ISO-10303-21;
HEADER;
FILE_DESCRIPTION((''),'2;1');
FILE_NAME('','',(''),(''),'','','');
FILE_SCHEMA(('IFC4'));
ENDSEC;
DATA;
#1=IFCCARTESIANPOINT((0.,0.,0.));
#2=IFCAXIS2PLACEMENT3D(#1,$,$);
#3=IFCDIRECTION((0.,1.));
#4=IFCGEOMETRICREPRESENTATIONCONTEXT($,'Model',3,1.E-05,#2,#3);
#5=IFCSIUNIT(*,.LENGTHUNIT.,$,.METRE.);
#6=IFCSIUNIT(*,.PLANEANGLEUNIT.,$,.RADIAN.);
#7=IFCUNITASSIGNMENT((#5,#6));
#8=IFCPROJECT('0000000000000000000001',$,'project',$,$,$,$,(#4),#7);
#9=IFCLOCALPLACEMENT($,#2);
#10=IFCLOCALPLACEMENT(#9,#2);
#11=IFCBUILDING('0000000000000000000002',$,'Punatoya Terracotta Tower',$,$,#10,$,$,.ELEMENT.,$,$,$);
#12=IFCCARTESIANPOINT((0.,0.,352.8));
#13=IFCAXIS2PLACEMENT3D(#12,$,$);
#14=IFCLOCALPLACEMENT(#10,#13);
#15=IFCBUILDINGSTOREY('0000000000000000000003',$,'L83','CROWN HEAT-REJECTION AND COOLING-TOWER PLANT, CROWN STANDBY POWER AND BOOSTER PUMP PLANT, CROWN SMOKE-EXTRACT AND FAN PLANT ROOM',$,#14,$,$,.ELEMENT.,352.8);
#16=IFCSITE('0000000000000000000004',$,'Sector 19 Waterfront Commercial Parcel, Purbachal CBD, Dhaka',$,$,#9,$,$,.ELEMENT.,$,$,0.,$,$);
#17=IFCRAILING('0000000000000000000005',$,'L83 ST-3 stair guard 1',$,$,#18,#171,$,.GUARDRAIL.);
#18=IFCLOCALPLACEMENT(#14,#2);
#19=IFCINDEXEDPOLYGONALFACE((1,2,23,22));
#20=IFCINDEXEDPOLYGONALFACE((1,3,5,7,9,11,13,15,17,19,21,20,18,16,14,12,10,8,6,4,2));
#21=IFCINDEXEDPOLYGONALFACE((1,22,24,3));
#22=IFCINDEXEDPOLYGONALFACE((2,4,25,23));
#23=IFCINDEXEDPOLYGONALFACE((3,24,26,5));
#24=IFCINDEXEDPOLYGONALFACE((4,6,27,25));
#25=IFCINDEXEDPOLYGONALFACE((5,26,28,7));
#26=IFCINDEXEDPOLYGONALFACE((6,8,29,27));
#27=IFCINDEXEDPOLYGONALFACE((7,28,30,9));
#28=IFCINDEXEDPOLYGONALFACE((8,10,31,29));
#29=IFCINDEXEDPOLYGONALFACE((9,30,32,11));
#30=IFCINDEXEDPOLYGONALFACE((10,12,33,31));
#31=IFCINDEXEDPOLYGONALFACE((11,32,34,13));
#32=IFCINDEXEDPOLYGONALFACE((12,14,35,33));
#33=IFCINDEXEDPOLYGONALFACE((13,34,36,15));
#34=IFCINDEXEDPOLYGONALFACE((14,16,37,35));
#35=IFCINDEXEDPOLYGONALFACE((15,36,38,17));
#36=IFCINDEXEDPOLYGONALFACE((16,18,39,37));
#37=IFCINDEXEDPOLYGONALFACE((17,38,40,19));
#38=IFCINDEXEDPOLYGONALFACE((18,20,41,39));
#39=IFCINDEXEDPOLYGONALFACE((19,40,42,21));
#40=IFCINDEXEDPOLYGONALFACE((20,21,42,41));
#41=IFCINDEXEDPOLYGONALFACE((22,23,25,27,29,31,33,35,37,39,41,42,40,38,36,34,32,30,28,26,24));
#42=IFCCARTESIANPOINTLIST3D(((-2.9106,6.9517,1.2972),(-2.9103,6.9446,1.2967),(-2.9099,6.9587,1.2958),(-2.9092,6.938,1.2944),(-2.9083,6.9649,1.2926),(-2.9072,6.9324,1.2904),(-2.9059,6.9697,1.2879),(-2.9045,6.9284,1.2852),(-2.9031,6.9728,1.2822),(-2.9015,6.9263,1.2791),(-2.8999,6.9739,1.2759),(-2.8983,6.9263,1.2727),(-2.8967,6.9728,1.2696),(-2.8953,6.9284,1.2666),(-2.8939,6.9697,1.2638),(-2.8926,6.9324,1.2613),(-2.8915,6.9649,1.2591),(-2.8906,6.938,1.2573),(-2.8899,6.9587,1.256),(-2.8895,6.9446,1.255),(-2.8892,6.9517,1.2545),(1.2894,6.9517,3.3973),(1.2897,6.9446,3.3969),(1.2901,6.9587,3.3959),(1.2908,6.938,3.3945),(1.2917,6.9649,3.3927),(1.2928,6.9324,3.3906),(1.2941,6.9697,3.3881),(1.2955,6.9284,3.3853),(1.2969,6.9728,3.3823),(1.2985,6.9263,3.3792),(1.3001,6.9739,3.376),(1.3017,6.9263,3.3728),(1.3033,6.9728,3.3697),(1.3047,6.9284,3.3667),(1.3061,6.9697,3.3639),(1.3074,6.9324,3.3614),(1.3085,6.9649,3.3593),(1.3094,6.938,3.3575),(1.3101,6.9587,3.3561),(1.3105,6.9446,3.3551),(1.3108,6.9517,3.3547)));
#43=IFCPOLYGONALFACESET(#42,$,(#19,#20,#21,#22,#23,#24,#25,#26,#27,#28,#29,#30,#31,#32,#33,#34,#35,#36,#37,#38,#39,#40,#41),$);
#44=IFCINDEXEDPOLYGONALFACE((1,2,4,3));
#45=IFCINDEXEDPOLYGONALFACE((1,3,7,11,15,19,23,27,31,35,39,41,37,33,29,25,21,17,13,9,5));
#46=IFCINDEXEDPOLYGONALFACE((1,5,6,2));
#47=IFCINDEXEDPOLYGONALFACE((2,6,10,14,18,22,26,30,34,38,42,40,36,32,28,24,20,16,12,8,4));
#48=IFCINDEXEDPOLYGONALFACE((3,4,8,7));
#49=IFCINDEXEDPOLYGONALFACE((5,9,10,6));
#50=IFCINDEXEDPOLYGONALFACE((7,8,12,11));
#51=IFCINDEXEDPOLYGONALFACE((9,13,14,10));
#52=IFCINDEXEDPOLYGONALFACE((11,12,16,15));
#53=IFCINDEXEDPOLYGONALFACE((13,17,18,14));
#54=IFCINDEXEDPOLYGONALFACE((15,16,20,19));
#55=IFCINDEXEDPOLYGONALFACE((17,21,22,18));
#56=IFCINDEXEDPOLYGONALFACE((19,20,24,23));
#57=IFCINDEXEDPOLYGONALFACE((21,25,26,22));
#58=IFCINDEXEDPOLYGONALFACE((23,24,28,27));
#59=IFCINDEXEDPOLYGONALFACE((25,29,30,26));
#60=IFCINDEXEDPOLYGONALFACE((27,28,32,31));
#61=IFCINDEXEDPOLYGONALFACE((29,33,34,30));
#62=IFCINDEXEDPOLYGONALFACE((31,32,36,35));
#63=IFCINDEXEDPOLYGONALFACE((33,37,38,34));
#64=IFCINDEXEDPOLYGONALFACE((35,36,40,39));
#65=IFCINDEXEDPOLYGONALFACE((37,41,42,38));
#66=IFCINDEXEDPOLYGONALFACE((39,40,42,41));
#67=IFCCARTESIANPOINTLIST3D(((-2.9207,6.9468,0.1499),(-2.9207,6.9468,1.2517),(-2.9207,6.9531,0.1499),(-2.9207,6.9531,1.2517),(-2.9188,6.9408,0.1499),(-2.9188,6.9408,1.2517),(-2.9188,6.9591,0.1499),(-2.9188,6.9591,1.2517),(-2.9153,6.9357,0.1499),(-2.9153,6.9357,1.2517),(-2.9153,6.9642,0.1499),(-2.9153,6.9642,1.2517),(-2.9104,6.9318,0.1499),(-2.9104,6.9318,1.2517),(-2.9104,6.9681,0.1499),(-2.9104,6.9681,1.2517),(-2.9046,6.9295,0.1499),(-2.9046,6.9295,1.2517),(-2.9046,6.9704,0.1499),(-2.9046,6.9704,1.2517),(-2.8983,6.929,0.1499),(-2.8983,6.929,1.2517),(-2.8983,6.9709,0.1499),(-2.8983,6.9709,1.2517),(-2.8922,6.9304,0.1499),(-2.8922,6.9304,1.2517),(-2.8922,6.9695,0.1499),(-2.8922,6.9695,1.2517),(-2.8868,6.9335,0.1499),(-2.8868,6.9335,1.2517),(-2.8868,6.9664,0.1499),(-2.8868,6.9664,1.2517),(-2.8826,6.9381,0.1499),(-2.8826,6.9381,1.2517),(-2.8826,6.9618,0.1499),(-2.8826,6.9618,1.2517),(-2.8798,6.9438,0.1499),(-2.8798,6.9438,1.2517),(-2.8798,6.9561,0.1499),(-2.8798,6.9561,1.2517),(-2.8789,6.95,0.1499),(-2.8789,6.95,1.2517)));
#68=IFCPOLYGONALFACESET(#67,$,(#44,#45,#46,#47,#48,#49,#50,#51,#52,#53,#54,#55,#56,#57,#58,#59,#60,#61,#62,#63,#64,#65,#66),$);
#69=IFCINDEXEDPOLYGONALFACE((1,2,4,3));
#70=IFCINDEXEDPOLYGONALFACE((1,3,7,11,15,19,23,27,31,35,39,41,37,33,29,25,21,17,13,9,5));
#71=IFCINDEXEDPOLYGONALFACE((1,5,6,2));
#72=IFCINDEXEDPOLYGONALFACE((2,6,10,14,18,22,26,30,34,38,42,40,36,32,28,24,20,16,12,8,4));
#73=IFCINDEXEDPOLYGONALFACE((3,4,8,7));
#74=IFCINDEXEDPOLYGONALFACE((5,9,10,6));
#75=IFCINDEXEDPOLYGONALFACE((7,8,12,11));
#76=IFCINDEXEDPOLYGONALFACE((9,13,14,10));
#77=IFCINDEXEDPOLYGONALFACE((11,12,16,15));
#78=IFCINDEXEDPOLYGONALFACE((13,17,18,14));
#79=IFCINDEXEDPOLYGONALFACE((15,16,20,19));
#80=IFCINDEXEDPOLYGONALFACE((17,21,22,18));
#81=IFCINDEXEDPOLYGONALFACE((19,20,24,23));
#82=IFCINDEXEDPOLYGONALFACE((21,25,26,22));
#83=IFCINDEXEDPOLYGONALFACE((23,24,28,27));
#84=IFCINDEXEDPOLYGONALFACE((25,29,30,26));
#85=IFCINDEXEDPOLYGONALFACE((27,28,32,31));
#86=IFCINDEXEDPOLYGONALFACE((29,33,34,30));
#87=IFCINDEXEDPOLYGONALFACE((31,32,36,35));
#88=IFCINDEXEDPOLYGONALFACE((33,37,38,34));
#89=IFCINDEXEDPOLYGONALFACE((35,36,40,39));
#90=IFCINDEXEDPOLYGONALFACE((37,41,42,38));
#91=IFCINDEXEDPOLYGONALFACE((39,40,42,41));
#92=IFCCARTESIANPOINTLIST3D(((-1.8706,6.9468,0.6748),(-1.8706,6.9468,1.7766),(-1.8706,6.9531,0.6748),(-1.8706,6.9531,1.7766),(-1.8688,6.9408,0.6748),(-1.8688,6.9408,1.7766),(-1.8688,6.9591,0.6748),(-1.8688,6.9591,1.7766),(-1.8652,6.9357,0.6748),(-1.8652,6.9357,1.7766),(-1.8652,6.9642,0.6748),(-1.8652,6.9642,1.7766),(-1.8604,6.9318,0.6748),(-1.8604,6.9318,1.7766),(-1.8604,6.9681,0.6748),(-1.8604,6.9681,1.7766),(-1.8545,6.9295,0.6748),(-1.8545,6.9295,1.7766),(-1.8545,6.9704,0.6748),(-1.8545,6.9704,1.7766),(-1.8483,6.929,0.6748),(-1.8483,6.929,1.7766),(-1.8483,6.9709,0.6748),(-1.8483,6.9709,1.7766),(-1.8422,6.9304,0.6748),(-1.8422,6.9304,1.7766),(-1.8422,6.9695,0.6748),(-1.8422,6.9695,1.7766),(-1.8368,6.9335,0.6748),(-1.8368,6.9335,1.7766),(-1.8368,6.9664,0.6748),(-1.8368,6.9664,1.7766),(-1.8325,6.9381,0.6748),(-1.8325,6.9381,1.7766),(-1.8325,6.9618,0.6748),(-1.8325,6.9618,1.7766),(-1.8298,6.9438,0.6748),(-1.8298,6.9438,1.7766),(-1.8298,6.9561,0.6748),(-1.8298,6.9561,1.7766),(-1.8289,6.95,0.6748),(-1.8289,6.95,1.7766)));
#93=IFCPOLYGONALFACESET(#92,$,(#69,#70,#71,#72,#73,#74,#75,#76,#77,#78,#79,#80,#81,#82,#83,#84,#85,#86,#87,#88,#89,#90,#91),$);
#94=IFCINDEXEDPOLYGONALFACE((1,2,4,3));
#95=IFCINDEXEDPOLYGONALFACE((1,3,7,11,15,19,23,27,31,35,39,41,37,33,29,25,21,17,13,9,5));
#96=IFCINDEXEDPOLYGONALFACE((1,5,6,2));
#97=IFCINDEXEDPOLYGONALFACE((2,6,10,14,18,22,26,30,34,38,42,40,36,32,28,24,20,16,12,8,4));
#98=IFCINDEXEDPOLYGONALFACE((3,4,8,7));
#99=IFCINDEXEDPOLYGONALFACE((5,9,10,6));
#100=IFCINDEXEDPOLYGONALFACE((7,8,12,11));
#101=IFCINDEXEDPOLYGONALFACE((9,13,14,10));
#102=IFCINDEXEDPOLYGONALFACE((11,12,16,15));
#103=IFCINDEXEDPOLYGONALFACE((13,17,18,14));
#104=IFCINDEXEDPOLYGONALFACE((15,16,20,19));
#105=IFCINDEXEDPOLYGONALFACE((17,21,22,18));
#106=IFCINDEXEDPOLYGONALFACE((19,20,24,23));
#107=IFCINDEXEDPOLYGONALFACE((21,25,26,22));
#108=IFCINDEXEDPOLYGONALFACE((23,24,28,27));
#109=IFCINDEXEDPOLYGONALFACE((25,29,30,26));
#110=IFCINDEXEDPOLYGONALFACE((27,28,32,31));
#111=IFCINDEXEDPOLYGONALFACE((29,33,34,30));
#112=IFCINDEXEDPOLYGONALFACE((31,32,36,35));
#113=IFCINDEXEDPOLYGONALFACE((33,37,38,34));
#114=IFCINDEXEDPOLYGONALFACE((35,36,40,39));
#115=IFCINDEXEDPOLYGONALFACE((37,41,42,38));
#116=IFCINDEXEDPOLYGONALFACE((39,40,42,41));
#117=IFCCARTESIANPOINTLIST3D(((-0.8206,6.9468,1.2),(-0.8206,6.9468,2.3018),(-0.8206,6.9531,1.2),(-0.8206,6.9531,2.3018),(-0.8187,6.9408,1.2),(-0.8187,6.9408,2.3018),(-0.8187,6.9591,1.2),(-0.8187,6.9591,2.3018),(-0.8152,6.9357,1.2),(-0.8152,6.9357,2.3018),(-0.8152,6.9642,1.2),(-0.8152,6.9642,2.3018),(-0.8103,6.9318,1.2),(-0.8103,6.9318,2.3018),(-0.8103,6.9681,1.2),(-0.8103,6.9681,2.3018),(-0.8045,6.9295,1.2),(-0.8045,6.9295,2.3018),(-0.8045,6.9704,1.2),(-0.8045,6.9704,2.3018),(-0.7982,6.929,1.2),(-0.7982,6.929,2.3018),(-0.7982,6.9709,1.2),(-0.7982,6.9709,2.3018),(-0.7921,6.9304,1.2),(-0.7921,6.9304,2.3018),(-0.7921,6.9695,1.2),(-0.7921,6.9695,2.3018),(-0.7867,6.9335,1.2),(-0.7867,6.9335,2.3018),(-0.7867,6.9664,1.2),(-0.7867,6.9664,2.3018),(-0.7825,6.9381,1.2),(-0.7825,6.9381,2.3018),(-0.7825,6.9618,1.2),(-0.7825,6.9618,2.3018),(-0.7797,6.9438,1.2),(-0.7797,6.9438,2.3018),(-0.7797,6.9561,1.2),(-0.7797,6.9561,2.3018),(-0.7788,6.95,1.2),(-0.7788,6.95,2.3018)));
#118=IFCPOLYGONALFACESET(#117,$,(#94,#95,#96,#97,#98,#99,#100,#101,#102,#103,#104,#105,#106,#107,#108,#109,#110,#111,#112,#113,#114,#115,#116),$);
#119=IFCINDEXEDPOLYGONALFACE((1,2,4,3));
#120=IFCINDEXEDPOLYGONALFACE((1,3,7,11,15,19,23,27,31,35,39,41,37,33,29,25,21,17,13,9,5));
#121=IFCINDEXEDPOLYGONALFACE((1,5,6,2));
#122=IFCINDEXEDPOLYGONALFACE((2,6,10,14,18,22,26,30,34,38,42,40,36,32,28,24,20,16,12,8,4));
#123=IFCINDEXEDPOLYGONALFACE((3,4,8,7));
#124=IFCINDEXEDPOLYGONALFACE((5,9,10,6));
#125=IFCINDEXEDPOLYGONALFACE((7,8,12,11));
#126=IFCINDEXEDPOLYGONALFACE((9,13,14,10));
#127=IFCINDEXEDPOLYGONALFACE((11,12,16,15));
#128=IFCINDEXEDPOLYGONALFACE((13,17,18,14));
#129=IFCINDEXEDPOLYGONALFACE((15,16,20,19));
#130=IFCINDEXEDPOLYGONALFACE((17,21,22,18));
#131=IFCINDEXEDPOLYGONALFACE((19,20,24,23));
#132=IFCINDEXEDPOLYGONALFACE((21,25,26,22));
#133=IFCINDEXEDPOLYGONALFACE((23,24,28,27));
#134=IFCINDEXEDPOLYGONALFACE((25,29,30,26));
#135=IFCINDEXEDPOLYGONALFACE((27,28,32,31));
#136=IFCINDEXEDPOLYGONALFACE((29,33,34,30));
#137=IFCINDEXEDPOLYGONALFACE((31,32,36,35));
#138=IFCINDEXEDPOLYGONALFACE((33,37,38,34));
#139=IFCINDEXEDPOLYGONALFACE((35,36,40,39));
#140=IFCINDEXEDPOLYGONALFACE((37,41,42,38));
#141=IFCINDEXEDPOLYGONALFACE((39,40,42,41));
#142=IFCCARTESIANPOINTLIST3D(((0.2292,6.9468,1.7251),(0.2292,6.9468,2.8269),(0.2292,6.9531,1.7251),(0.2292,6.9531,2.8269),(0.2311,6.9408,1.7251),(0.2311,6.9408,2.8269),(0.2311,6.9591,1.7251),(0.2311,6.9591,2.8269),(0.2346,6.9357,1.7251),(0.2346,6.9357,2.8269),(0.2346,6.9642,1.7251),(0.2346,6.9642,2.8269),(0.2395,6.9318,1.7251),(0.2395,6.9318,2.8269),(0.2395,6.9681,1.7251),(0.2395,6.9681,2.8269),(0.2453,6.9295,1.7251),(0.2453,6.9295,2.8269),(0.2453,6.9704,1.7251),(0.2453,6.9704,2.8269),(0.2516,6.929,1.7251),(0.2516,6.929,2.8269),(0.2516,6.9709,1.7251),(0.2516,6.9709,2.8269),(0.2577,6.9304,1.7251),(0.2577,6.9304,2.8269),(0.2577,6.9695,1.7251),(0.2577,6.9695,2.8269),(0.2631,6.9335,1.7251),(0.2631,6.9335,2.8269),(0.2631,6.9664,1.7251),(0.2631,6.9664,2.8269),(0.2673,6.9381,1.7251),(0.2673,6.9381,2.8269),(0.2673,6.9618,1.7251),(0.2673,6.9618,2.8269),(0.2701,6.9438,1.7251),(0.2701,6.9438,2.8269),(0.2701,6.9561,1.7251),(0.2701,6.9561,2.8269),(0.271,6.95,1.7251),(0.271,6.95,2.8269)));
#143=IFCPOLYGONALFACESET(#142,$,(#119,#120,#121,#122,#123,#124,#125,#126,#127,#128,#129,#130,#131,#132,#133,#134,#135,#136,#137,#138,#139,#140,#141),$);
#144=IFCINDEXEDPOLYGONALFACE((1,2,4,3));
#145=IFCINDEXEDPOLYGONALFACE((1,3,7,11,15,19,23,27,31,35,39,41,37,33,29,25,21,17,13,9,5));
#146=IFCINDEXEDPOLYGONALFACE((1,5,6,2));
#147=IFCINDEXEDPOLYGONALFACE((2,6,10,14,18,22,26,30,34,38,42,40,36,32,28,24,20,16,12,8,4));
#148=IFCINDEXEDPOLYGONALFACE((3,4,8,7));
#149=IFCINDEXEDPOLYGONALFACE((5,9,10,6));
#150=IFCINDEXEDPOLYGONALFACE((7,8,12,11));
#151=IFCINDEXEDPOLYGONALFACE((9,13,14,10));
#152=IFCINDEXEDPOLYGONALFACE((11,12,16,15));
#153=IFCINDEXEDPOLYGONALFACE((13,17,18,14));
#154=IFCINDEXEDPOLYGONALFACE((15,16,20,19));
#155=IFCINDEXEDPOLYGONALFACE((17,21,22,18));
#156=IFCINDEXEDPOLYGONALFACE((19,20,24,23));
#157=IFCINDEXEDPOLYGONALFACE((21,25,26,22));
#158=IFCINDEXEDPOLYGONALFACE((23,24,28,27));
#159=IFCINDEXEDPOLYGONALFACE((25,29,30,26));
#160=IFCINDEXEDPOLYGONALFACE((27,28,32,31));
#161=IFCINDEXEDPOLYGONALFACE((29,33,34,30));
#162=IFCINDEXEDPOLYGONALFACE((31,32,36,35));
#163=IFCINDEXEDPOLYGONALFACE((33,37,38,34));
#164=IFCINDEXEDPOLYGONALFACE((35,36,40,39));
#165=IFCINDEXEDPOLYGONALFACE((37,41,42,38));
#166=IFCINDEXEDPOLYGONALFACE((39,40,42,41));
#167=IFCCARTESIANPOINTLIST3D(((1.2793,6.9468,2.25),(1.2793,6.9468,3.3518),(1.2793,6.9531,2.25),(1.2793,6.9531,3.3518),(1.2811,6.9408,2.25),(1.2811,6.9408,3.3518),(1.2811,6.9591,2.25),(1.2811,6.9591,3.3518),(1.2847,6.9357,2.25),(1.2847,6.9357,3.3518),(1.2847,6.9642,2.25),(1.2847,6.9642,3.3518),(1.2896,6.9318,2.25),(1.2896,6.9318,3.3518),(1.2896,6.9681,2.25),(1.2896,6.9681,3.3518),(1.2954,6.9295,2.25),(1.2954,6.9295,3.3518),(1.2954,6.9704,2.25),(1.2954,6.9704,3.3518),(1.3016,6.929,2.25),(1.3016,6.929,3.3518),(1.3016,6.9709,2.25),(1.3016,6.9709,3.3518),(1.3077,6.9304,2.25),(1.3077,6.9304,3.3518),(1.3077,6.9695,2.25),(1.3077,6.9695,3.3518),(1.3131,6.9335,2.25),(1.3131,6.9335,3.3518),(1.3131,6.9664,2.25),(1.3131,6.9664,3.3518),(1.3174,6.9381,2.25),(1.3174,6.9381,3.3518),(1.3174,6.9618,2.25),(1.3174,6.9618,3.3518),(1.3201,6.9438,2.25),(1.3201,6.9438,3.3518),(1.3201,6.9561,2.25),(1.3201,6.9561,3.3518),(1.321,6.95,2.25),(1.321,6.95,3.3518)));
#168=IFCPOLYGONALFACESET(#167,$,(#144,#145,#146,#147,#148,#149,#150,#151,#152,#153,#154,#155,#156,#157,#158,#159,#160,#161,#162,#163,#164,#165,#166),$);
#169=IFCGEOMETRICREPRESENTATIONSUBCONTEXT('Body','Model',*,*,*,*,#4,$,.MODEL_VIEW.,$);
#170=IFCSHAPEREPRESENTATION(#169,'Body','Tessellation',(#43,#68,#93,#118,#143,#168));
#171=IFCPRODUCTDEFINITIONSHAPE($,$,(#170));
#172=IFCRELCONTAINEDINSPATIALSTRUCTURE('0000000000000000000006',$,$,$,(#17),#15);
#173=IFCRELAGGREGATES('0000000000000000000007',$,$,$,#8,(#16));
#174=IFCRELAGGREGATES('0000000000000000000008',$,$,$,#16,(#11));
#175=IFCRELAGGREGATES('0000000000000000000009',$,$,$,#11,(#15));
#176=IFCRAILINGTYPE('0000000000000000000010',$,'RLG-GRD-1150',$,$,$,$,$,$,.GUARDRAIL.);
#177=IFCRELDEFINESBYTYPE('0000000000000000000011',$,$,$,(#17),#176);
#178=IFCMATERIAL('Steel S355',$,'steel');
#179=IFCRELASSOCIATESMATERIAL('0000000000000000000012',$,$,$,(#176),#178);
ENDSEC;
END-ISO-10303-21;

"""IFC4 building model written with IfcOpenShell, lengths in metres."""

from ifc_helpers import new_model, si_unit, direction, frame, origin, origin_2d, place, context, subcontext, project, spatial, circle, extrude, material, type_object, element, save


model = new_model("IFC4")

# Units and contexts
model_context = context("Model", 3, precision=1e-05, world=origin(), true_north=direction((0.0, 1.0)))
body_context = subcontext(model_context, "Body", "Model", "MODEL_VIEW")
ifc_project = project(units=[si_unit("LENGTHUNIT", "METRE"), si_unit("PLANEANGLEUNIT", "RADIAN")], contexts=[model_context])

# Site, building, storey
site_placement = place(None, origin())
site = spatial("IfcSite", under=ifc_project, at=site_placement, Name="Sector 19 Waterfront Commercial Parcel, Purbachal CBD, Dhaka", CompositionType="ELEMENT", RefElevation=0.0)
building_placement = place(site_placement, origin())
building = spatial("IfcBuilding", under=site, at=building_placement, Name="Punatoya Terracotta Tower", CompositionType="ELEMENT")
storey_placement = place(building_placement, frame((0.0, 0.0, 352.8)))
storey = spatial("IfcBuildingStorey", under=building, at=storey_placement, Name="L83", Description="CROWN HEAT-REJECTION AND COOLING-TOWER PLANT, CROWN STANDBY POWER AND BOOSTER PUMP PLANT, CROWN SMOKE-EXTRACT AND FAN PLANT ROOM", CompositionType="ELEMENT", Elevation=352.8)

# Shared definitions
ifc_material_1 = material(Name="Steel S355", Category="steel")

# Railing
railing_type_1 = type_object("IfcRailingType", Name="RLG-GRD-1150", PredefinedType="GUARDRAIL", material=ifc_material_1)
railing_1_placement = place(storey_placement, frame((-2.8999, 6.95, 0.1499)))
element("IfcRailing", 1, at=railing_1_placement, inside=storey, type_object=railing_type_1, Name="L83 ST-3 stair guard 1", PredefinedType="GUARDRAIL", context=body_context, shape_type="SweptSolid", body=[
    extrude(circle(Radius=0.0239, at=origin_2d()), frame((0.0, 0.0, 1.126), z_axis=(0.894417, 0.0, 0.447234), x_axis=(0.0, 1.0, 0.0)), (0.0, 0.0, 1.0), 4.6958),
    extrude(circle(Radius=0.021, at=origin_2d()), origin(), (0.0, 0.0, 1.0), 1.1018),
    extrude(circle(Radius=0.021, at=origin_2d()), frame((1.05, 0.0, 0.5249)), (0.0, 0.0, 1.0), 1.1018),
    extrude(circle(Radius=0.021, at=origin_2d()), frame((2.1001, 0.0, 1.05)), (0.0, 0.0, 1.0), 1.1018),
    extrude(circle(Radius=0.021, at=origin_2d()), frame((3.1499, 0.0, 1.5752)), (0.0, 0.0, 1.0), 1.1018),
    extrude(circle(Radius=0.021, at=origin_2d()), frame((4.2, 0.0, 2.1001)), (0.0, 0.0, 1.0), 1.1018),
])

save(model, "model.ifc")
